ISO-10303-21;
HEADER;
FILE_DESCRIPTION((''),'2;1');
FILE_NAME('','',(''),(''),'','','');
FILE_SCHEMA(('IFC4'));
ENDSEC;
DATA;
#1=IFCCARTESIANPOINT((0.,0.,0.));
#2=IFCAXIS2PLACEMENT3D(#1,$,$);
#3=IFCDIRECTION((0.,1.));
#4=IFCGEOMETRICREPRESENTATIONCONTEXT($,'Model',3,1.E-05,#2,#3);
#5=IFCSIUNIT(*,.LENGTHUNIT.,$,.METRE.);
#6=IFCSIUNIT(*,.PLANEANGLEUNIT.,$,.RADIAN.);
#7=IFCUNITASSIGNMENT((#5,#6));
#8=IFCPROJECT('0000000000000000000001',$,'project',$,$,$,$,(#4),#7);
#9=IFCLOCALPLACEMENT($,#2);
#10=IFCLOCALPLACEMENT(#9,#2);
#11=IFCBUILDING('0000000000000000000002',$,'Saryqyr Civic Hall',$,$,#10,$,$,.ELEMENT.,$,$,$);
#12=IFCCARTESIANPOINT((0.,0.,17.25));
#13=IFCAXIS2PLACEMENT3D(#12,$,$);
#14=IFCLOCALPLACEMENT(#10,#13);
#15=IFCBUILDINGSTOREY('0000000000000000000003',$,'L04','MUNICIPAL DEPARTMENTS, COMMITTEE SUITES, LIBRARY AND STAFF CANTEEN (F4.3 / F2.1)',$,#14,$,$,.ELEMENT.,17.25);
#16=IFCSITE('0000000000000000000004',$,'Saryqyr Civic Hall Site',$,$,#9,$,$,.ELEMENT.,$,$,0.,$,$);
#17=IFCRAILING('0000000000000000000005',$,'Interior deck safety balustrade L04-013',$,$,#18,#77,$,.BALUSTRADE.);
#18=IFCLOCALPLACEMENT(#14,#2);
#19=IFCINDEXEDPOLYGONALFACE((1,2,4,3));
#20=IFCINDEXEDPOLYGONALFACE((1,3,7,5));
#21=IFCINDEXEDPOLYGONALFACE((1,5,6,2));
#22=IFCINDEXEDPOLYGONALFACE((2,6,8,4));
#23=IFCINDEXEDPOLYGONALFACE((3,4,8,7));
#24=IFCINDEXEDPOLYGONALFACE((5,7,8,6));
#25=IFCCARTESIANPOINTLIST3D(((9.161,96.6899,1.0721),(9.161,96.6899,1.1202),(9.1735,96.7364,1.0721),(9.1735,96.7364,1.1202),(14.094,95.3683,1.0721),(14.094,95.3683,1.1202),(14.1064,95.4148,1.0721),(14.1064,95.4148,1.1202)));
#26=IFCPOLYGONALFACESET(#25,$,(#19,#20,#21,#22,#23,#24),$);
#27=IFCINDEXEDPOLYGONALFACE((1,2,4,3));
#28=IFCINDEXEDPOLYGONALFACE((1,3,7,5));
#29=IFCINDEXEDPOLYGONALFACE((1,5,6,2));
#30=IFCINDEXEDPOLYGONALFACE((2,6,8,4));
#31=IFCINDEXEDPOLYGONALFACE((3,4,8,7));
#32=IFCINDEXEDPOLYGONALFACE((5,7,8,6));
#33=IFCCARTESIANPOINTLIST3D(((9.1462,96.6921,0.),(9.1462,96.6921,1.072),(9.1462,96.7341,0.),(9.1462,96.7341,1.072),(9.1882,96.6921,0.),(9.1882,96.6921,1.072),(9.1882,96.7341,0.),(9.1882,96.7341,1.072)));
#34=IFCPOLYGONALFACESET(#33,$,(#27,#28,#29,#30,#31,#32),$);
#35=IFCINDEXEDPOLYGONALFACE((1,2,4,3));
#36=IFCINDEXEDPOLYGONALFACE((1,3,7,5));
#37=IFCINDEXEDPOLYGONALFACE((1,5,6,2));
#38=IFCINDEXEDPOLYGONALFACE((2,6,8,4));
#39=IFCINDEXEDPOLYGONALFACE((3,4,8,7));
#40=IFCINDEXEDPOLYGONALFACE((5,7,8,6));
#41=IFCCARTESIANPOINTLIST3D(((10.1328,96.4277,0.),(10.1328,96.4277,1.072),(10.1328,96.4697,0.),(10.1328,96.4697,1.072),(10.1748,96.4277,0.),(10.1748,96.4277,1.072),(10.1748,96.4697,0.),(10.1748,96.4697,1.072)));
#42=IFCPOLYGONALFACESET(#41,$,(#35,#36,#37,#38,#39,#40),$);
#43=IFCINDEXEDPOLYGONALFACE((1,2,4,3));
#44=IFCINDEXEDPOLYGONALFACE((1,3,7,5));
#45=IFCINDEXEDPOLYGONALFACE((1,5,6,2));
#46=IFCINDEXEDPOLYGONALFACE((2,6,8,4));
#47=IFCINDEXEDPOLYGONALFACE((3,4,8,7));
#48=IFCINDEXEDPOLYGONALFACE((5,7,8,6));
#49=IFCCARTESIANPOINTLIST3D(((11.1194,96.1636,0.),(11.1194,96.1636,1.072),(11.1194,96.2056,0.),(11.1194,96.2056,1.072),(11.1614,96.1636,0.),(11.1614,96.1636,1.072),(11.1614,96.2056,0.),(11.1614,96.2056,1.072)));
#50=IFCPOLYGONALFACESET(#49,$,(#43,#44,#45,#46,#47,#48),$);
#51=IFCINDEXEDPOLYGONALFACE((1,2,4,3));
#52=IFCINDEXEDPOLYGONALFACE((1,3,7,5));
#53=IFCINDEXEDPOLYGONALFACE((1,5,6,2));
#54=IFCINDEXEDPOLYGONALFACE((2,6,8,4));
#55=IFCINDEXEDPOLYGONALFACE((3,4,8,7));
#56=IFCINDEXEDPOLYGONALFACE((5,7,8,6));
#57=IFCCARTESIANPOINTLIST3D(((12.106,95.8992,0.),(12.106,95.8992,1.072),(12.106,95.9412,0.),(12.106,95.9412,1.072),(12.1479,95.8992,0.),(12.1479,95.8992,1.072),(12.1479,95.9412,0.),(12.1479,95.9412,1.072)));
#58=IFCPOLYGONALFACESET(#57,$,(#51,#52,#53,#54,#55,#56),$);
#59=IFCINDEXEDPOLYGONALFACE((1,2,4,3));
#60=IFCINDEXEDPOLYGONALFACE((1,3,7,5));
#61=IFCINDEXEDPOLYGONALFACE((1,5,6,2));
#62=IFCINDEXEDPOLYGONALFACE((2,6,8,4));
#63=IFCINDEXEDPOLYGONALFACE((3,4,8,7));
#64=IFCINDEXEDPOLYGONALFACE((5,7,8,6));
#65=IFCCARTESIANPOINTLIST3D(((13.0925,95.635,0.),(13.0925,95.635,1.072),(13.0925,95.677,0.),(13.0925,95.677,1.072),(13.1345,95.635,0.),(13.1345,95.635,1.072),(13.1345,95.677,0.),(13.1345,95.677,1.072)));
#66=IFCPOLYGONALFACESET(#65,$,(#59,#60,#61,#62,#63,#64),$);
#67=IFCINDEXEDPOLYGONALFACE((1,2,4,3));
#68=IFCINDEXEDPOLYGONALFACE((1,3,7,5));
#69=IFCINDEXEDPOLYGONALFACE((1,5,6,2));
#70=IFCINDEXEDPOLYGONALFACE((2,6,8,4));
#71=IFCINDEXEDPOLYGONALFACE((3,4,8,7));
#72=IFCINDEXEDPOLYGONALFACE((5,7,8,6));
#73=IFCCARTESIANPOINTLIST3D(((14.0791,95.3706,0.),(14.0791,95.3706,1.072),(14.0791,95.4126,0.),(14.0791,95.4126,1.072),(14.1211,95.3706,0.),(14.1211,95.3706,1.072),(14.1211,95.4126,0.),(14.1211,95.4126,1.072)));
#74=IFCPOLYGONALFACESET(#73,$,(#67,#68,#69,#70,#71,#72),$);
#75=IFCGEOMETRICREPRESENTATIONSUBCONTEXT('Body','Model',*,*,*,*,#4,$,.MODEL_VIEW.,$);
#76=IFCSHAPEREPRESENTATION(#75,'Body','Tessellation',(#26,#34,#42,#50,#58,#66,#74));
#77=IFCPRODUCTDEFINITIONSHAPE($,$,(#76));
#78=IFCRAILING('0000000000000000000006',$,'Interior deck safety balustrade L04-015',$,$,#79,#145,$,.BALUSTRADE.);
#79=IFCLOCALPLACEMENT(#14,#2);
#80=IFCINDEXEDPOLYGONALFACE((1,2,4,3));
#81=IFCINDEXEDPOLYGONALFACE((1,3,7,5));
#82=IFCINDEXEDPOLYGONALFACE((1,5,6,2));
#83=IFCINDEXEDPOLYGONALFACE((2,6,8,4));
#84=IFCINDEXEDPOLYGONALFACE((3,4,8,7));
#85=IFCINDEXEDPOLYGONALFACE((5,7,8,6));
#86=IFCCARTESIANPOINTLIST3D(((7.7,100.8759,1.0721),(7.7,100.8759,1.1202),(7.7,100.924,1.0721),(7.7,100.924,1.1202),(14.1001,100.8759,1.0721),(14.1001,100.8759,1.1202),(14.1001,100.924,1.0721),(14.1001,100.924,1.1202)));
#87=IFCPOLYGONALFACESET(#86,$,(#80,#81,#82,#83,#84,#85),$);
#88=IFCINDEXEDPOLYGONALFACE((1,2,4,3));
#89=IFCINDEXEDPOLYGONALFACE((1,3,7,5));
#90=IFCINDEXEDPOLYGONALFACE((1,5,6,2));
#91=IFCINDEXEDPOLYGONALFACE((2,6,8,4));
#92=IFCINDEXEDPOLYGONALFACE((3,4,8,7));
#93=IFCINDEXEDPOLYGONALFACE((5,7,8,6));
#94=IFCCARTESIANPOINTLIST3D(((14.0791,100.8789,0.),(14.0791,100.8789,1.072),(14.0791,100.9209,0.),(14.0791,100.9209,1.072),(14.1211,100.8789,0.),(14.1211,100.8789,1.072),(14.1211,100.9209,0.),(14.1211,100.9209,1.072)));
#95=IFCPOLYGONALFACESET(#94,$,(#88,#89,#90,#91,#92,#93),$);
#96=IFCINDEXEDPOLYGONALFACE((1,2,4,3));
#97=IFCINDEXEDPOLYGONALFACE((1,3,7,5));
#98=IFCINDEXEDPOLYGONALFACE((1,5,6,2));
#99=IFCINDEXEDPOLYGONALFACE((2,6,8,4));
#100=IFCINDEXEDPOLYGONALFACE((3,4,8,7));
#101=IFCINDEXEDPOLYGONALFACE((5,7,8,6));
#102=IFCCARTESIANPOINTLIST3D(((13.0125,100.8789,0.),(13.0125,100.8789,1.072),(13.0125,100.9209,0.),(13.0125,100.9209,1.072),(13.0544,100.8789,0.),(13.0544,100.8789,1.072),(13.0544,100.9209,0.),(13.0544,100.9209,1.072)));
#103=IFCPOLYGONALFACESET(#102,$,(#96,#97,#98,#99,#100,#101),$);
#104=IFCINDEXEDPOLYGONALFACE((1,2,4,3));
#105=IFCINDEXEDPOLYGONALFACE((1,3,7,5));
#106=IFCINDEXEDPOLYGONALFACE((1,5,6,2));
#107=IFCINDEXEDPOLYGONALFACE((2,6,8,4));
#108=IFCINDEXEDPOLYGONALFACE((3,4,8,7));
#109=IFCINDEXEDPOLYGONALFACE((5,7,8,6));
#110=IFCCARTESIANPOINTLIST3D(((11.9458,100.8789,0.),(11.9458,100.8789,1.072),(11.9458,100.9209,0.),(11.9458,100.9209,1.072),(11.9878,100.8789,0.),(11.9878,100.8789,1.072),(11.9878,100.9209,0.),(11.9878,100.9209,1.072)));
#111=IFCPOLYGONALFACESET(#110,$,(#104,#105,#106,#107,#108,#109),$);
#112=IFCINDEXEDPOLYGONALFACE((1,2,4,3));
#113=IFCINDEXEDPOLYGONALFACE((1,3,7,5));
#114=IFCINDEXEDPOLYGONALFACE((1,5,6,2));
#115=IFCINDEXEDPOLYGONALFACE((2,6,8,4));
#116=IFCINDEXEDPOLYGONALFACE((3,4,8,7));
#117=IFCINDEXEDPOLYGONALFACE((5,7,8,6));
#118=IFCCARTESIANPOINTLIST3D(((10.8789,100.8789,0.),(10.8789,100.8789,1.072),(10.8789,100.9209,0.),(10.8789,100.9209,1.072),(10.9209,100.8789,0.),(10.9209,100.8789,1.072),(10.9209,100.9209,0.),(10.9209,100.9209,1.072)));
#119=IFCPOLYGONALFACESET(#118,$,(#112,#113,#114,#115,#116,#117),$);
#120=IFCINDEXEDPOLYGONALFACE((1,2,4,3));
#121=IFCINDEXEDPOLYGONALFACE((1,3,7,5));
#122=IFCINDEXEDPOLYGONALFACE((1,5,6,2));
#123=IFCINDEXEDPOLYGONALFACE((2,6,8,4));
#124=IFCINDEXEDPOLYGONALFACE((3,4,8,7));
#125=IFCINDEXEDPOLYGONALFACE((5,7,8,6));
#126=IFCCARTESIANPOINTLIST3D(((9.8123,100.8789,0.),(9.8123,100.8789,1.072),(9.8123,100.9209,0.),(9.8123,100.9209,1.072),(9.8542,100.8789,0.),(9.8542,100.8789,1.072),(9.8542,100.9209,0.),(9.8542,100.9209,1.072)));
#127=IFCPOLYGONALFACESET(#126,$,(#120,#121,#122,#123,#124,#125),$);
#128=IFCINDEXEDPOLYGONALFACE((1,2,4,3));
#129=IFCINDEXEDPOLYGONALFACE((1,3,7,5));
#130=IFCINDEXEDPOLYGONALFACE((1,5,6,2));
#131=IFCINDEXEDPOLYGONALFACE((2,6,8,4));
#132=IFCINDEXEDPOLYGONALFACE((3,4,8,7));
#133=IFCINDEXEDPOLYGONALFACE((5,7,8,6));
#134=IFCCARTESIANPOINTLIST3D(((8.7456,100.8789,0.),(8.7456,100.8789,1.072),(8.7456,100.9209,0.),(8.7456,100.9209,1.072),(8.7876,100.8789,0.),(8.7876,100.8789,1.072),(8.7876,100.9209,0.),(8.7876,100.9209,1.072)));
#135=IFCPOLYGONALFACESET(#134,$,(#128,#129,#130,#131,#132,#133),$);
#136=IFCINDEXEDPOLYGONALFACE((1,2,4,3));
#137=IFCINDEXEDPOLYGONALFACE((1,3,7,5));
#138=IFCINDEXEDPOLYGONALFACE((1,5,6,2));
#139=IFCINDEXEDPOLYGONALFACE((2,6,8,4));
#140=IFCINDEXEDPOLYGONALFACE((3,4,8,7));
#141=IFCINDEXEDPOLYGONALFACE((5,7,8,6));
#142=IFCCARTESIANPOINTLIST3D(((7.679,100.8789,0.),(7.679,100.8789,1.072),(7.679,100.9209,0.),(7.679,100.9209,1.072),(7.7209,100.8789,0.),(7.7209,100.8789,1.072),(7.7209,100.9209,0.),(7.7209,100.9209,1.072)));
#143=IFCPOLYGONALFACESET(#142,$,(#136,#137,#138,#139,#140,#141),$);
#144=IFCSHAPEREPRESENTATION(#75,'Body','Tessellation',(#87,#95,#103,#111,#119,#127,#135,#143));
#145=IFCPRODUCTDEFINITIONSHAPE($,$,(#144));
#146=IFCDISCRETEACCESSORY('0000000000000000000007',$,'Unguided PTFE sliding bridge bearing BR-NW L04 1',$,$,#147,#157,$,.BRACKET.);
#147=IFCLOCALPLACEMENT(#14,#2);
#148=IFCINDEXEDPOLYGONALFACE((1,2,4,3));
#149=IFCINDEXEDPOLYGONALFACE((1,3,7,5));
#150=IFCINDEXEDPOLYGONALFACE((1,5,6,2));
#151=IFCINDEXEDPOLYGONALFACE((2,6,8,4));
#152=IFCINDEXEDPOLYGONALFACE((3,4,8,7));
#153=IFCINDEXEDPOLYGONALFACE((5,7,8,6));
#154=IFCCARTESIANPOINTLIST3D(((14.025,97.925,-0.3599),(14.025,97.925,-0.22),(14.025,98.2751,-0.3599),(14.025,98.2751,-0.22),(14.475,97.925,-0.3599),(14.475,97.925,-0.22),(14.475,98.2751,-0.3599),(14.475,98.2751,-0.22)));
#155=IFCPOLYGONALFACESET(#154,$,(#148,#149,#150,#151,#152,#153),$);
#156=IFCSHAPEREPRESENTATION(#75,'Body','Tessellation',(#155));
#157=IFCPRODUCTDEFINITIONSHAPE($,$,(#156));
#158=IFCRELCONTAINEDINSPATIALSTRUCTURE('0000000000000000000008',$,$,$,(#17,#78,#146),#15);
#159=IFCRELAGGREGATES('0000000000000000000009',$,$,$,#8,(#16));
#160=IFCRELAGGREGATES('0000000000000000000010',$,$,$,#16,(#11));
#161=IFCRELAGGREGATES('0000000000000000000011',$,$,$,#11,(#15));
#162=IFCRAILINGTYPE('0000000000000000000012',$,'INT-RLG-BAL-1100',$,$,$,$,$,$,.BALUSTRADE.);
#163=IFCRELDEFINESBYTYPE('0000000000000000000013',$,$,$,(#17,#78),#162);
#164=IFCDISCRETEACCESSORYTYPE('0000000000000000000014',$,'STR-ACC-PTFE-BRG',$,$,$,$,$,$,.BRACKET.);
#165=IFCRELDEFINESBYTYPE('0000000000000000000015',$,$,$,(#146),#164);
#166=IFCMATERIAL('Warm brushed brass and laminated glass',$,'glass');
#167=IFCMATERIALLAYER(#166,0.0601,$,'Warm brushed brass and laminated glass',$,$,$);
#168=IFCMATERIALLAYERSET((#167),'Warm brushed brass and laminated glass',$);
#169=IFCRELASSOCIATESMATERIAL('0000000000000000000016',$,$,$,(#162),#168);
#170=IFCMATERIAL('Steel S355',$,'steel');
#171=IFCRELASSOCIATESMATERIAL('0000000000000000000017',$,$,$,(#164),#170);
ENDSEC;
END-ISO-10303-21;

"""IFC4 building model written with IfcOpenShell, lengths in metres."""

from ifc_helpers import new_model, si_unit, direction, frame, origin, origin_2d, place, context, subcontext, project, spatial, rectangle, extrude, material, layer, layer_set, type_object, element, save


model = new_model("IFC4")

# Units and contexts
model_context = context("Model", 3, precision=1e-05, world=origin(), true_north=direction((0.0, 1.0)))
body_context = subcontext(model_context, "Body", "Model", "MODEL_VIEW")
ifc_project = project(units=[si_unit("LENGTHUNIT", "METRE"), si_unit("PLANEANGLEUNIT", "RADIAN")], contexts=[model_context])

# Site, building, storey
site_placement = place(None, origin())
site = spatial("IfcSite", under=ifc_project, at=site_placement, Name="Saryqyr Civic Hall Site", CompositionType="ELEMENT", RefElevation=0.0)
building_placement = place(site_placement, origin())
building = spatial("IfcBuilding", under=site, at=building_placement, Name="Saryqyr Civic Hall", CompositionType="ELEMENT")
storey_placement = place(building_placement, frame((0.0, 0.0, 17.25)))
storey = spatial("IfcBuildingStorey", under=building, at=storey_placement, Name="L04", Description="MUNICIPAL DEPARTMENTS, COMMITTEE SUITES, LIBRARY AND STAFF CANTEEN (F4.3 / F2.1)", CompositionType="ELEMENT", Elevation=17.25)

# Shared definitions
ifc_material_1 = material(Name="Steel S355", Category="steel")

# Railings
ifc_material_2 = material(Name="Warm brushed brass and laminated glass", Category="glass")
ifc_layer_1 = layer(ifc_material_2, 0.0601, Name="Warm brushed brass and laminated glass")
ifc_layer_set_1 = layer_set([ifc_layer_1], Name="Warm brushed brass and laminated glass")
railing_type = type_object("IfcRailingType", Name="INT-RLG-BAL-1100", PredefinedType="BALUSTRADE", material=ifc_layer_set_1)
railing_1_placement = place(storey_placement, frame((9.1672, 96.7131, 0.0)))
element("IfcRailing", 1, at=railing_1_placement, inside=storey, type_object=railing_type, Name="Interior deck safety balustrade L04-013", PredefinedType="BALUSTRADE", context=body_context, shape_type="SweptSolid", body=[
    extrude(rectangle(XDim=0.0481, YDim=0.0481, at=origin_2d()), frame((0.0, 0.0, 1.0962), z_axis=(0.965937, -0.258778, 0.0), x_axis=(0.258778, 0.965937, 0.0)), (0.0, 0.0, 1.0), 5.1069),
    extrude(rectangle(XDim=0.042, YDim=0.042, at=origin_2d()), origin(), (0.0, 0.0, 1.0), 1.072),
    extrude(rectangle(XDim=0.042, YDim=0.042, at=origin_2d()), frame((0.9866, -0.2644, 0.0)), (0.0, 0.0, 1.0), 1.072),
    extrude(rectangle(XDim=0.042, YDim=0.042, at=origin_2d()), frame((1.9731, -0.5286, 0.0)), (0.0, 0.0, 1.0), 1.072),
    extrude(rectangle(XDim=0.042, YDim=0.042, at=origin_2d()), frame((2.9597, -0.793, 0.0)), (0.0, 0.0, 1.0), 1.072),
    extrude(rectangle(XDim=0.042, YDim=0.042, at=origin_2d()), frame((3.9463, -1.0571, 0.0)), (0.0, 0.0, 1.0), 1.072),
    extrude(rectangle(XDim=0.042, YDim=0.042, at=origin_2d()), frame((4.9329, -1.3215, 0.0)), (0.0, 0.0, 1.0), 1.072),
])
railing_2_placement = place(storey_placement, frame((14.1001, 100.8999, 0.0)))
element("IfcRailing", 2, at=railing_2_placement, inside=storey, type_object=railing_type, Name="Interior deck safety balustrade L04-015", PredefinedType="BALUSTRADE", context=body_context, shape_type="SweptSolid", body=[
    extrude(rectangle(XDim=0.0481, YDim=0.0481, at=origin_2d()), frame((0.0, 0.0, 1.0962), z_axis=(-1.0, 0.0, 0.0), x_axis=(0.0, -1.0, 0.0)), (0.0, 0.0, 1.0), 6.4001),
    extrude(rectangle(XDim=0.042, YDim=0.042, at=origin_2d()), origin(), (0.0, 0.0, 1.0), 1.072),
    extrude(rectangle(XDim=0.042, YDim=0.042, at=origin_2d()), frame((-1.0667, 0.0, 0.0)), (0.0, 0.0, 1.0), 1.072),
    extrude(rectangle(XDim=0.042, YDim=0.042, at=origin_2d()), frame((-2.1333, 0.0, 0.0)), (0.0, 0.0, 1.0), 1.072),
    extrude(rectangle(XDim=0.042, YDim=0.042, at=origin_2d()), frame((-3.2002, 0.0, 0.0)), (0.0, 0.0, 1.0), 1.072),
    extrude(rectangle(XDim=0.042, YDim=0.042, at=origin_2d()), frame((-4.2668, 0.0, 0.0)), (0.0, 0.0, 1.0), 1.072),
    extrude(rectangle(XDim=0.042, YDim=0.042, at=origin_2d()), frame((-5.3335, 0.0, 0.0)), (0.0, 0.0, 1.0), 1.072),
    extrude(rectangle(XDim=0.042, YDim=0.042, at=origin_2d()), frame((-6.4001, 0.0, 0.0)), (0.0, 0.0, 1.0), 1.072),
])

# Discrete accessory
discrete_accessory_type = type_object("IfcDiscreteAccessoryType", Name="STR-ACC-PTFE-BRG", PredefinedType="BRACKET", material=ifc_material_1)
discrete_accessory_placement = place(storey_placement, frame((14.25, 98.1001, -0.3599), z_axis=(0.0, 0.0, 1.0), x_axis=(1.0, 0.0, 0.0)))
element("IfcDiscreteAccessory", 3, at=discrete_accessory_placement, inside=storey, type_object=discrete_accessory_type, Name="Unguided PTFE sliding bridge bearing BR-NW L04 1", PredefinedType="BRACKET", context=body_context, shape_type="SweptSolid", body=[
    extrude(rectangle(XDim=0.45, YDim=0.3501, at=origin_2d()), origin(), (0.0, 0.0, 1.0), 0.1399),
])

save(model, "model.ifc")
